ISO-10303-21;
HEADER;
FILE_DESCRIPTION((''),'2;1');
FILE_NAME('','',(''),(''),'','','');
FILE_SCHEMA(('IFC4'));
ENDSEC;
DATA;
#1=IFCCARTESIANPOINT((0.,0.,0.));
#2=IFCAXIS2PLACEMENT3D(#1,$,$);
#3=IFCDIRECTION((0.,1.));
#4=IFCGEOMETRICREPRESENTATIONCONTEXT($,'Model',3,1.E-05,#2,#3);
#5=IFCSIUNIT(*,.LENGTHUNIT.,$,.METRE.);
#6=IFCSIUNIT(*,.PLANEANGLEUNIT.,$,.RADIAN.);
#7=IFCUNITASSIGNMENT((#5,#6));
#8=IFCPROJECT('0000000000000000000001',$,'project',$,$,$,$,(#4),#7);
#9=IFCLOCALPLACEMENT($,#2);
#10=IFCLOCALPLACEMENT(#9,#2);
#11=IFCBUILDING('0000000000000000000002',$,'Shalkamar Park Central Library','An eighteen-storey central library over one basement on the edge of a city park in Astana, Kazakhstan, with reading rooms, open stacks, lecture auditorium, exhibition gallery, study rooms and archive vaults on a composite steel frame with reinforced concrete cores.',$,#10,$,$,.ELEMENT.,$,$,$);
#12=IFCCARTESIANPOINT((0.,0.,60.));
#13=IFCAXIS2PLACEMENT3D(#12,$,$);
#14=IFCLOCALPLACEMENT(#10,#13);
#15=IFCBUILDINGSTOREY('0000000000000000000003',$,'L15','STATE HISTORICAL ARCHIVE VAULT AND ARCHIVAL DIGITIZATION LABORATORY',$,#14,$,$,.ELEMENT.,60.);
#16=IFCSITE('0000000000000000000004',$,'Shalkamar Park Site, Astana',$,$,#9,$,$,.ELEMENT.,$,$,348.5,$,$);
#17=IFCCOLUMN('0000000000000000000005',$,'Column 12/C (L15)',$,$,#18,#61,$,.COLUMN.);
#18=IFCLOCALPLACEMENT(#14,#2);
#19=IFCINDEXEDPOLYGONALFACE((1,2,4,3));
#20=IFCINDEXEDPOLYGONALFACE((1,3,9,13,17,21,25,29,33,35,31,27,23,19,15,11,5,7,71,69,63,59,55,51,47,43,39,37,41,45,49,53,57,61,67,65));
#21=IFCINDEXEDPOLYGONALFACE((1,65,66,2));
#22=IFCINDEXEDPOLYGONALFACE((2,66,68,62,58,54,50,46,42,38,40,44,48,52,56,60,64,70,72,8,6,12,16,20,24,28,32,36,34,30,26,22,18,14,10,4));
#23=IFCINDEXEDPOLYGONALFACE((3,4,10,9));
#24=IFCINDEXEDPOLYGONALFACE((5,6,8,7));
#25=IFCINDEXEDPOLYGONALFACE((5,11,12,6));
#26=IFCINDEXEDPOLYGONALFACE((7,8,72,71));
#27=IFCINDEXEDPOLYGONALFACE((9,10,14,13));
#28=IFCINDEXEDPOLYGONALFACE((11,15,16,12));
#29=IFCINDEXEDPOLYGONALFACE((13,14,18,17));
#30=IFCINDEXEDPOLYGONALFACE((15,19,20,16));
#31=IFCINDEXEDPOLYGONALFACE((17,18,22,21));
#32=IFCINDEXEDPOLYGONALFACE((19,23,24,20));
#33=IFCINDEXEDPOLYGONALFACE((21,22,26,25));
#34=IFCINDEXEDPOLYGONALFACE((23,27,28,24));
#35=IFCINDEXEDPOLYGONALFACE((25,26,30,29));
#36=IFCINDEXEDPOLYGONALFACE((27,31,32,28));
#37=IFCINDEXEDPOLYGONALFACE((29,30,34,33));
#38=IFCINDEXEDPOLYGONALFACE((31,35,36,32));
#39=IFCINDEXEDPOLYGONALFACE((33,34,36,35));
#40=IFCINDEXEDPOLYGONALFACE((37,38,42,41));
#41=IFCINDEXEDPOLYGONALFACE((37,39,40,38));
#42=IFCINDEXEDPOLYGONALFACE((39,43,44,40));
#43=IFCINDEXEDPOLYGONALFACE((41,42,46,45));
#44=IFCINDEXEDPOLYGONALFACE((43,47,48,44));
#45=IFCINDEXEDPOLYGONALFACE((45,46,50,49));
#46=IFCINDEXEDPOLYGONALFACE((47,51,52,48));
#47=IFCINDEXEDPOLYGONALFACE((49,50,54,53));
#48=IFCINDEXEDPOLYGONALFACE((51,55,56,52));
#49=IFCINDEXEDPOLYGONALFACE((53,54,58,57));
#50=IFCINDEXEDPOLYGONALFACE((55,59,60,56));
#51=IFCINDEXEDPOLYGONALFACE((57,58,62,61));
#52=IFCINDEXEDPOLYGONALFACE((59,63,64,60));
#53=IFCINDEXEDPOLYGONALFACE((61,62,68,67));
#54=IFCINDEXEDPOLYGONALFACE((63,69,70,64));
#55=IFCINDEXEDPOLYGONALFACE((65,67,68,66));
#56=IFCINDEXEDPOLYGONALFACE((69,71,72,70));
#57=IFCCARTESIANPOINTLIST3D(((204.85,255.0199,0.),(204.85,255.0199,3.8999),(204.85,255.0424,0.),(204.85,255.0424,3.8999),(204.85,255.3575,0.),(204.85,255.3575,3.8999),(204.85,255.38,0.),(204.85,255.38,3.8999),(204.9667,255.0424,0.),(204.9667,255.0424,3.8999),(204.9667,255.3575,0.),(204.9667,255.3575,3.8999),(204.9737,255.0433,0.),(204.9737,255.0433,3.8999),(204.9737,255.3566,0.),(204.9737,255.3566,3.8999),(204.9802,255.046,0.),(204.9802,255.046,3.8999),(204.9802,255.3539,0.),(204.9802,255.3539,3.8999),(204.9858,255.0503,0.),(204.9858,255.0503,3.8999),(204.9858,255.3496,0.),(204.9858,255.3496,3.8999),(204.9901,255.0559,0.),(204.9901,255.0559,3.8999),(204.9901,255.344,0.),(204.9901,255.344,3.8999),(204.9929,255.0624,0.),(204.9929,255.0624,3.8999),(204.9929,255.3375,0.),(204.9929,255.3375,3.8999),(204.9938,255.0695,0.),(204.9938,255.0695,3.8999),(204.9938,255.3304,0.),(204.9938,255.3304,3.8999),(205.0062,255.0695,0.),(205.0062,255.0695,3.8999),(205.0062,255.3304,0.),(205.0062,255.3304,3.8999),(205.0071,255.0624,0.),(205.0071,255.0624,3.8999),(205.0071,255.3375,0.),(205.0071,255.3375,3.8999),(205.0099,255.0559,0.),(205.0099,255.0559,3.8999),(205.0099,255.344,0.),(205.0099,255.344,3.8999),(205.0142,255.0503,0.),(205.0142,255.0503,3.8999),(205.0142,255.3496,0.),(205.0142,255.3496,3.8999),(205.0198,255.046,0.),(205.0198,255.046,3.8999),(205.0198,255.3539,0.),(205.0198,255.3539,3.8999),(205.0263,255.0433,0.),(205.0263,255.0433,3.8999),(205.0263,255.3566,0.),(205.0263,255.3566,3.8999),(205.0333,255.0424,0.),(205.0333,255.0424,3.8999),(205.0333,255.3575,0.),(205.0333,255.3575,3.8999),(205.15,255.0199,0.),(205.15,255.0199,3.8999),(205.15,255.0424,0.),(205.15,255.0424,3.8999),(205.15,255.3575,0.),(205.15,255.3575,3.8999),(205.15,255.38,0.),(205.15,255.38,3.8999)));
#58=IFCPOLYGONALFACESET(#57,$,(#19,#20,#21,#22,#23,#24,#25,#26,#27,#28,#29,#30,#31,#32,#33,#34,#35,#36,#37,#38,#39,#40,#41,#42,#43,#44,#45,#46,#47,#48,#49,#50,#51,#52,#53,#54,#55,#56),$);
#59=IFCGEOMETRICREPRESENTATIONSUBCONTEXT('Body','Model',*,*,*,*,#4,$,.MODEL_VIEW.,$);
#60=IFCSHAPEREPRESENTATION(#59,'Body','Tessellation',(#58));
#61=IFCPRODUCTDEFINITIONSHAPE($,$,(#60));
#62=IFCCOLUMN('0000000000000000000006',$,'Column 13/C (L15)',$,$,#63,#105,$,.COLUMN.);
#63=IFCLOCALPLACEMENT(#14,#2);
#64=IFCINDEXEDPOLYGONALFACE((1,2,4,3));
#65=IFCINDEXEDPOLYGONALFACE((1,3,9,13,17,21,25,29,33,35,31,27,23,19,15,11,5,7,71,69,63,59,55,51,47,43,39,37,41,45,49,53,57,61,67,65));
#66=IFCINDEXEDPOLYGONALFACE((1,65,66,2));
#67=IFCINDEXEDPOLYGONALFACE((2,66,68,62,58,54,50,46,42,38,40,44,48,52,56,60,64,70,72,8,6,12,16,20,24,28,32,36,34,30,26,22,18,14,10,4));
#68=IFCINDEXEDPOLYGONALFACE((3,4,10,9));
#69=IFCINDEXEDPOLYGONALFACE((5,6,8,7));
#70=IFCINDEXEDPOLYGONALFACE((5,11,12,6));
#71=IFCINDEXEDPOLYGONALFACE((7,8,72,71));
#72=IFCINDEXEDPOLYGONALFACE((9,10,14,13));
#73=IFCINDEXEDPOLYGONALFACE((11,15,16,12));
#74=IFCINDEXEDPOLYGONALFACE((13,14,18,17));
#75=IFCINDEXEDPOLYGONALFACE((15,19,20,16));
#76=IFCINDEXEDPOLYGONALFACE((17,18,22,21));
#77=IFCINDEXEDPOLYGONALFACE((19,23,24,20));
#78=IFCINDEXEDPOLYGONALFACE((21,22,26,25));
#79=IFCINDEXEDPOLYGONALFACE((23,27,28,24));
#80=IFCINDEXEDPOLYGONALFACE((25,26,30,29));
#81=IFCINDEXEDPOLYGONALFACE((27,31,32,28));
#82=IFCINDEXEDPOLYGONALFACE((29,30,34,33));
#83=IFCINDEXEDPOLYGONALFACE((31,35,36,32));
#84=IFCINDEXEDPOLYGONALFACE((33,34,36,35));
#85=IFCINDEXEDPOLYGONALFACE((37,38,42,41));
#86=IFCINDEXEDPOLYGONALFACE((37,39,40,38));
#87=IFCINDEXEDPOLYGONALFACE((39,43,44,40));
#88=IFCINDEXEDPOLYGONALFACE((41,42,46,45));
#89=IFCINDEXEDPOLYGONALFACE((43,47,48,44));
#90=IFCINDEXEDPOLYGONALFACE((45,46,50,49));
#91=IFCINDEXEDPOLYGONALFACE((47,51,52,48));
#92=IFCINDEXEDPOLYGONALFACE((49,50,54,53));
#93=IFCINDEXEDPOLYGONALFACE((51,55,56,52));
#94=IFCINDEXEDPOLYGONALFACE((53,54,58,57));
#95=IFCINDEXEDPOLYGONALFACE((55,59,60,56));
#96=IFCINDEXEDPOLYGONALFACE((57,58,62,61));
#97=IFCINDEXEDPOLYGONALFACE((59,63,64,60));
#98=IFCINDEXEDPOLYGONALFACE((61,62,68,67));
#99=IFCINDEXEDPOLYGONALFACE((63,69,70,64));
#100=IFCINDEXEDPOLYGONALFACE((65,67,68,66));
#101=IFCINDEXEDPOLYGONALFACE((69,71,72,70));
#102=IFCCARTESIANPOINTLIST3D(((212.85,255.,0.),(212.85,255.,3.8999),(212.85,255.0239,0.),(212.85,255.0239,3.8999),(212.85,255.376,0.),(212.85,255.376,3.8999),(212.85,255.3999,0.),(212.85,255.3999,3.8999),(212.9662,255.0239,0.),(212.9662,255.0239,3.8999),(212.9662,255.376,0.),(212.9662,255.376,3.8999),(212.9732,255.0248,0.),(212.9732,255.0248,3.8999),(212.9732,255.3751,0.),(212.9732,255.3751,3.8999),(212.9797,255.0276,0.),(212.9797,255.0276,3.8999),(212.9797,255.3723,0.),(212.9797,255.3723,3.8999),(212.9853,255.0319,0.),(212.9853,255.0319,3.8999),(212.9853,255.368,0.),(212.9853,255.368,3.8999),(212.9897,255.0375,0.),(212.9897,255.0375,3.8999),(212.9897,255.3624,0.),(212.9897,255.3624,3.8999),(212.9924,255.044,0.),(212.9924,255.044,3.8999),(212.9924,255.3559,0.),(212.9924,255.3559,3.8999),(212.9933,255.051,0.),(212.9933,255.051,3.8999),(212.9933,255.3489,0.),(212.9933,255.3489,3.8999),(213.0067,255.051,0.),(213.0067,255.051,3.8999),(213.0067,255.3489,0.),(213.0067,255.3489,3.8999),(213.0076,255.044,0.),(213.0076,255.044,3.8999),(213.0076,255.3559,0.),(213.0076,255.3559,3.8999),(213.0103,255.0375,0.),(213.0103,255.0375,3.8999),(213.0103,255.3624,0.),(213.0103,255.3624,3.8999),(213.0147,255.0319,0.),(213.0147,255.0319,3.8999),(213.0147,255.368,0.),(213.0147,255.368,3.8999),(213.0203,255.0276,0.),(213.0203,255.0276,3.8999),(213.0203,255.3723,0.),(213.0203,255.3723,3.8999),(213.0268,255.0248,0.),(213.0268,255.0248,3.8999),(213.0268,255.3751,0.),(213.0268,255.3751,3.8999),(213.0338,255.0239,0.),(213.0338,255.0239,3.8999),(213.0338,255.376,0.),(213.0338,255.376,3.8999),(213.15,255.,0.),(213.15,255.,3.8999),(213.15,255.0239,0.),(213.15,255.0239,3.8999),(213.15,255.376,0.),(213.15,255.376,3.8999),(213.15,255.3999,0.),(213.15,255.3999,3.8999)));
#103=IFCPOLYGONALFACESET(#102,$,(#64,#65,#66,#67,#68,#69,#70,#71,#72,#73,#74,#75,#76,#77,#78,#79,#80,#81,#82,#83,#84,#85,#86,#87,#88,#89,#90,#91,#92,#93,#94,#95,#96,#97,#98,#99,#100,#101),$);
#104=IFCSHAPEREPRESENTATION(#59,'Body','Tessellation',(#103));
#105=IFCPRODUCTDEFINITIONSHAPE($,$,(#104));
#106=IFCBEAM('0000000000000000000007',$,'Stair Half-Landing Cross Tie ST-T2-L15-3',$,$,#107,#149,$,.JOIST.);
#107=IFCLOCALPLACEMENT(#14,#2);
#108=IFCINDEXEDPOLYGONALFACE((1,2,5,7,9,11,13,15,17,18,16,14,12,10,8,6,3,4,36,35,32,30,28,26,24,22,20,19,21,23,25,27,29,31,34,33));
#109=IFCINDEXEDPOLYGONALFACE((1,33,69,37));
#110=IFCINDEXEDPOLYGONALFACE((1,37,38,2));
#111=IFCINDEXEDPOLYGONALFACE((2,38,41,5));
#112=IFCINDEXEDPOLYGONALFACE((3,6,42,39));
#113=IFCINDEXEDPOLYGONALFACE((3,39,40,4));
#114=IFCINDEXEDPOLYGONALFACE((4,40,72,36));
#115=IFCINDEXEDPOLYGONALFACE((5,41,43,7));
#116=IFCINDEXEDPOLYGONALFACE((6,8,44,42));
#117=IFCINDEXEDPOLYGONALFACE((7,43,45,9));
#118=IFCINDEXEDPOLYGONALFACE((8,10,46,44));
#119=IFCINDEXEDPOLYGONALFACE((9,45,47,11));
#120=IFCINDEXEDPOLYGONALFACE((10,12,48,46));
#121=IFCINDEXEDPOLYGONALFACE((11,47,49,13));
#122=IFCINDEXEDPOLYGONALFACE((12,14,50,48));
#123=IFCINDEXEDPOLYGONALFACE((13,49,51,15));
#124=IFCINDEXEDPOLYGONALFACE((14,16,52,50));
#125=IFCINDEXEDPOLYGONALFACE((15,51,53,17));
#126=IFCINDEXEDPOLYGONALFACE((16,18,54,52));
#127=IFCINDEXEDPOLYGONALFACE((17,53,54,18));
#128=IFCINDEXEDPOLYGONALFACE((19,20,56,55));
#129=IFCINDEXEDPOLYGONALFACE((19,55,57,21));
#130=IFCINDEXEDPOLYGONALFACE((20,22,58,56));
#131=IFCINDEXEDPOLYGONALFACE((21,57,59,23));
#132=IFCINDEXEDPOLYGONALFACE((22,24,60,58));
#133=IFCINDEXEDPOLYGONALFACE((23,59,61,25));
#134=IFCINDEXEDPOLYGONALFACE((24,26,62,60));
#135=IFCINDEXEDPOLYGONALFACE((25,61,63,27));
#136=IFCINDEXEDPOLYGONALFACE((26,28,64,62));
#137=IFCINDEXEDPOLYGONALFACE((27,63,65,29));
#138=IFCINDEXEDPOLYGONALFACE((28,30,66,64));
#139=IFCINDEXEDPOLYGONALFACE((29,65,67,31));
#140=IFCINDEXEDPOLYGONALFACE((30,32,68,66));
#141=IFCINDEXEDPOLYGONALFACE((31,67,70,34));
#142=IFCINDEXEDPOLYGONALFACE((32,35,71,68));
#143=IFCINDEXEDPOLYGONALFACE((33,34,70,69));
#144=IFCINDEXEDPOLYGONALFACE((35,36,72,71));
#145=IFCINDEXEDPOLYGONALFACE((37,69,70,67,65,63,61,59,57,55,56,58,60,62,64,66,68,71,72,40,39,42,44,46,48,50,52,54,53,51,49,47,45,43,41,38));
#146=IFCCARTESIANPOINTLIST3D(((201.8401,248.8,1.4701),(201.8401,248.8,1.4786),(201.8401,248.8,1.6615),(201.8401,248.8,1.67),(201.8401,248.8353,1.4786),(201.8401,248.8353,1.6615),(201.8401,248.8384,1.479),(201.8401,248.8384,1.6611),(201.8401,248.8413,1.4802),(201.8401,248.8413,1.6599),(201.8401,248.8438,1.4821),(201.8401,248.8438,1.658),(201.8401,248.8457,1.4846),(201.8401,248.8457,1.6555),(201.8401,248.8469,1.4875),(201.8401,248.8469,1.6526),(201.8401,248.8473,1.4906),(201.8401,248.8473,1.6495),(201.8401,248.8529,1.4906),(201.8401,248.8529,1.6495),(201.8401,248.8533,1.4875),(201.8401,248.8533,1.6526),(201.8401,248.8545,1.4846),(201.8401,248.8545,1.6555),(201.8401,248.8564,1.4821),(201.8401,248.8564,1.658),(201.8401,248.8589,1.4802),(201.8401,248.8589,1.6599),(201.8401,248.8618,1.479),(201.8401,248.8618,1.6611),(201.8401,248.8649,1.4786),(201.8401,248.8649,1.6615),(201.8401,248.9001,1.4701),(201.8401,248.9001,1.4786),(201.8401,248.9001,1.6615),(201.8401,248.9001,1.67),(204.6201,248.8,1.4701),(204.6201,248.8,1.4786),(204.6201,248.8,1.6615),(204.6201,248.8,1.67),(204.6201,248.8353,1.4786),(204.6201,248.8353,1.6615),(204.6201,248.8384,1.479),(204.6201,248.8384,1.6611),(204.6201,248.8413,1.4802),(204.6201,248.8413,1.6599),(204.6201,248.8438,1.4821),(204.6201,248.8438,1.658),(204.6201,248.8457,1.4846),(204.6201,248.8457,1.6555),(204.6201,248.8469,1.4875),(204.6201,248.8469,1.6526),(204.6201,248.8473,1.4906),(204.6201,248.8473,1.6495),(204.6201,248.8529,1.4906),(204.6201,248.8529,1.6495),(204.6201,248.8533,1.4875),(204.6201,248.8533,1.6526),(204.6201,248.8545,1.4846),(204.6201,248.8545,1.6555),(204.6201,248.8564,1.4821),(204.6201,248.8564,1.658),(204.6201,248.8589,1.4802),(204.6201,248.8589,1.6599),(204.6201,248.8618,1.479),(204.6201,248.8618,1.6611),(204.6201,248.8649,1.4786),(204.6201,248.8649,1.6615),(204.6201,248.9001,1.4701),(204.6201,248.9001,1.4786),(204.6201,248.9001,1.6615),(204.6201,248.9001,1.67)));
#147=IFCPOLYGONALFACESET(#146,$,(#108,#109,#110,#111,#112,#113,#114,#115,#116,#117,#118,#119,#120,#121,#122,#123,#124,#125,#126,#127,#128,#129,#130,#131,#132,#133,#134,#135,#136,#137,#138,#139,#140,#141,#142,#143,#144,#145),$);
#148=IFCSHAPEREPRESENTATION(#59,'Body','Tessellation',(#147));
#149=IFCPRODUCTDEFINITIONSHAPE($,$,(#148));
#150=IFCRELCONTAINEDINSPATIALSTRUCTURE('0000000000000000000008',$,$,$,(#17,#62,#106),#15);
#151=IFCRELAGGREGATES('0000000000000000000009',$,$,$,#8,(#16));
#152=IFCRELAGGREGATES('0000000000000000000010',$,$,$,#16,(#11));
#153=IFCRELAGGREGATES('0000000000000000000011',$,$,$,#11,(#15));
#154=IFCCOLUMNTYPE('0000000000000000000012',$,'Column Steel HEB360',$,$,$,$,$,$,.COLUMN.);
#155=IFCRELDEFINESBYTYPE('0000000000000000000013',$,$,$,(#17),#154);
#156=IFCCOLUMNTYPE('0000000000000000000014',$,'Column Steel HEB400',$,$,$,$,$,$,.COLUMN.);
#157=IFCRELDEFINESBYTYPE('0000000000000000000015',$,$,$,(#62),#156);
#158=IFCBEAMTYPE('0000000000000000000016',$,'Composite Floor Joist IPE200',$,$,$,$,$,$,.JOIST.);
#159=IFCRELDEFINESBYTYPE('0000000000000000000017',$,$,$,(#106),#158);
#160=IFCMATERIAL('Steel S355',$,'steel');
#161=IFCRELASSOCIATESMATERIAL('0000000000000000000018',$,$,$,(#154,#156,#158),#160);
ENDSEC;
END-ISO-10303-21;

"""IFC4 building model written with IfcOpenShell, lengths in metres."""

from ifc_helpers import new_model, si_unit, direction, frame, origin, origin_2d, place, context, subcontext, project, spatial, i_section, extrude, material, material_profile, profile_set, type_object, element, save


model = new_model("IFC4")

# Units and contexts
model_context = context("Model", 3, precision=1e-05, world=origin(), true_north=direction((0.0, 1.0)))
body_context = subcontext(model_context, "Body", "Model", "MODEL_VIEW")
ifc_project = project(units=[si_unit("LENGTHUNIT", "METRE"), si_unit("PLANEANGLEUNIT", "RADIAN")], contexts=[model_context])

# Site, building, storey
site_placement = place(None, origin())
site = spatial("IfcSite", under=ifc_project, at=site_placement, Name="Shalkamar Park Site, Astana", CompositionType="ELEMENT", RefElevation=348.5)
building_placement = place(site_placement, origin())
building = spatial("IfcBuilding", under=site, at=building_placement, Name="Shalkamar Park Central Library", Description="An eighteen-storey central library over one basement on the edge of a city park in Astana, Kazakhstan, with reading rooms, open stacks, lecture auditorium, exhibition gallery, study rooms and archive vaults on a composite steel frame with reinforced concrete cores.", CompositionType="ELEMENT")
storey_placement = place(building_placement, frame((0.0, 0.0, 60.0)))
storey = spatial("IfcBuildingStorey", under=building, at=storey_placement, Name="L15", Description="STATE HISTORICAL ARCHIVE VAULT AND ARCHIVAL DIGITIZATION LABORATORY", CompositionType="ELEMENT", Elevation=60.0)

# Columns
ifc_material_1 = material(Name="Steel S355", Category="steel")
ifc_material_profile_1 = material_profile(ifc_material_1, i_section(OverallWidth=0.3, OverallDepth=0.3601, WebThickness=0.0125, FlangeThickness=0.0225, FilletRadius=0.0271, at=origin_2d()), Name="HEB 360")
ifc_profile_set_1 = profile_set([ifc_material_profile_1], Name="Steel S355")
column_type_1 = type_object("IfcColumnType", Name="Column Steel HEB360", PredefinedType="COLUMN", material=ifc_profile_set_1)
column_1_placement = place(storey_placement, frame((205.0, 255.2, 0.0), z_axis=(0.0, 0.0, 1.0), x_axis=(1.0, 0.0, 0.0)))
element("IfcColumn", 1, at=column_1_placement, inside=storey, type_object=column_type_1, Name="Column 12/C (L15)", PredefinedType="COLUMN", context=body_context, shape_type="SweptSolid", body=[
    extrude(i_section(OverallWidth=0.3, OverallDepth=0.3601, WebThickness=0.0125, FlangeThickness=0.0225, FilletRadius=0.0271, at=origin_2d()), origin(), (0.0, 0.0, 1.0), 3.8999),
])
ifc_material_profile_2 = material_profile(ifc_material_1, i_section(OverallWidth=0.3, OverallDepth=0.3999, WebThickness=0.0134, FlangeThickness=0.0239, FilletRadius=0.0271, at=origin_2d()), Name="HEB 400")
ifc_profile_set_2 = profile_set([ifc_material_profile_2], Name="Steel S355")
column_type_2 = type_object("IfcColumnType", Name="Column Steel HEB400", PredefinedType="COLUMN", material=ifc_profile_set_2)
column_2_placement = place(storey_placement, frame((213.0, 255.2, 0.0), z_axis=(0.0, 0.0, 1.0), x_axis=(1.0, 0.0, 0.0)))
element("IfcColumn", 2, at=column_2_placement, inside=storey, type_object=column_type_2, Name="Column 13/C (L15)", PredefinedType="COLUMN", context=body_context, shape_type="SweptSolid", body=[
    extrude(i_section(OverallWidth=0.3, OverallDepth=0.3999, WebThickness=0.0134, FlangeThickness=0.0239, FilletRadius=0.0271, at=origin_2d()), origin(), (0.0, 0.0, 1.0), 3.8999),
])

# Beam
ifc_material_profile_3 = material_profile(ifc_material_1, i_section(OverallWidth=0.1001, OverallDepth=0.2, WebThickness=0.0056, FlangeThickness=0.0085, FilletRadius=0.012, at=origin_2d()), Name="IPE 200")
ifc_profile_set_3 = profile_set([ifc_material_profile_3], Name="Steel S355")
beam_type_1 = type_object("IfcBeamType", Name="Composite Floor Joist IPE200", PredefinedType="JOIST", material=ifc_profile_set_3)
beam_1_placement = place(storey_placement, frame((201.8401, 248.8501, 1.5701), z_axis=(1.0, 0.0, 0.0), x_axis=(0.0, 1.0, 0.0)))
element("IfcBeam", 3, at=beam_1_placement, inside=storey, type_object=beam_type_1, Name="Stair Half-Landing Cross Tie ST-T2-L15-3", PredefinedType="JOIST", context=body_context, shape_type="SweptSolid", body=[
    extrude(i_section(OverallWidth=0.1001, OverallDepth=0.2, WebThickness=0.0056, FlangeThickness=0.0085, FilletRadius=0.012, at=origin_2d()), origin(), (0.0, 0.0, 1.0), 2.78),
])

save(model, "model.ifc")
